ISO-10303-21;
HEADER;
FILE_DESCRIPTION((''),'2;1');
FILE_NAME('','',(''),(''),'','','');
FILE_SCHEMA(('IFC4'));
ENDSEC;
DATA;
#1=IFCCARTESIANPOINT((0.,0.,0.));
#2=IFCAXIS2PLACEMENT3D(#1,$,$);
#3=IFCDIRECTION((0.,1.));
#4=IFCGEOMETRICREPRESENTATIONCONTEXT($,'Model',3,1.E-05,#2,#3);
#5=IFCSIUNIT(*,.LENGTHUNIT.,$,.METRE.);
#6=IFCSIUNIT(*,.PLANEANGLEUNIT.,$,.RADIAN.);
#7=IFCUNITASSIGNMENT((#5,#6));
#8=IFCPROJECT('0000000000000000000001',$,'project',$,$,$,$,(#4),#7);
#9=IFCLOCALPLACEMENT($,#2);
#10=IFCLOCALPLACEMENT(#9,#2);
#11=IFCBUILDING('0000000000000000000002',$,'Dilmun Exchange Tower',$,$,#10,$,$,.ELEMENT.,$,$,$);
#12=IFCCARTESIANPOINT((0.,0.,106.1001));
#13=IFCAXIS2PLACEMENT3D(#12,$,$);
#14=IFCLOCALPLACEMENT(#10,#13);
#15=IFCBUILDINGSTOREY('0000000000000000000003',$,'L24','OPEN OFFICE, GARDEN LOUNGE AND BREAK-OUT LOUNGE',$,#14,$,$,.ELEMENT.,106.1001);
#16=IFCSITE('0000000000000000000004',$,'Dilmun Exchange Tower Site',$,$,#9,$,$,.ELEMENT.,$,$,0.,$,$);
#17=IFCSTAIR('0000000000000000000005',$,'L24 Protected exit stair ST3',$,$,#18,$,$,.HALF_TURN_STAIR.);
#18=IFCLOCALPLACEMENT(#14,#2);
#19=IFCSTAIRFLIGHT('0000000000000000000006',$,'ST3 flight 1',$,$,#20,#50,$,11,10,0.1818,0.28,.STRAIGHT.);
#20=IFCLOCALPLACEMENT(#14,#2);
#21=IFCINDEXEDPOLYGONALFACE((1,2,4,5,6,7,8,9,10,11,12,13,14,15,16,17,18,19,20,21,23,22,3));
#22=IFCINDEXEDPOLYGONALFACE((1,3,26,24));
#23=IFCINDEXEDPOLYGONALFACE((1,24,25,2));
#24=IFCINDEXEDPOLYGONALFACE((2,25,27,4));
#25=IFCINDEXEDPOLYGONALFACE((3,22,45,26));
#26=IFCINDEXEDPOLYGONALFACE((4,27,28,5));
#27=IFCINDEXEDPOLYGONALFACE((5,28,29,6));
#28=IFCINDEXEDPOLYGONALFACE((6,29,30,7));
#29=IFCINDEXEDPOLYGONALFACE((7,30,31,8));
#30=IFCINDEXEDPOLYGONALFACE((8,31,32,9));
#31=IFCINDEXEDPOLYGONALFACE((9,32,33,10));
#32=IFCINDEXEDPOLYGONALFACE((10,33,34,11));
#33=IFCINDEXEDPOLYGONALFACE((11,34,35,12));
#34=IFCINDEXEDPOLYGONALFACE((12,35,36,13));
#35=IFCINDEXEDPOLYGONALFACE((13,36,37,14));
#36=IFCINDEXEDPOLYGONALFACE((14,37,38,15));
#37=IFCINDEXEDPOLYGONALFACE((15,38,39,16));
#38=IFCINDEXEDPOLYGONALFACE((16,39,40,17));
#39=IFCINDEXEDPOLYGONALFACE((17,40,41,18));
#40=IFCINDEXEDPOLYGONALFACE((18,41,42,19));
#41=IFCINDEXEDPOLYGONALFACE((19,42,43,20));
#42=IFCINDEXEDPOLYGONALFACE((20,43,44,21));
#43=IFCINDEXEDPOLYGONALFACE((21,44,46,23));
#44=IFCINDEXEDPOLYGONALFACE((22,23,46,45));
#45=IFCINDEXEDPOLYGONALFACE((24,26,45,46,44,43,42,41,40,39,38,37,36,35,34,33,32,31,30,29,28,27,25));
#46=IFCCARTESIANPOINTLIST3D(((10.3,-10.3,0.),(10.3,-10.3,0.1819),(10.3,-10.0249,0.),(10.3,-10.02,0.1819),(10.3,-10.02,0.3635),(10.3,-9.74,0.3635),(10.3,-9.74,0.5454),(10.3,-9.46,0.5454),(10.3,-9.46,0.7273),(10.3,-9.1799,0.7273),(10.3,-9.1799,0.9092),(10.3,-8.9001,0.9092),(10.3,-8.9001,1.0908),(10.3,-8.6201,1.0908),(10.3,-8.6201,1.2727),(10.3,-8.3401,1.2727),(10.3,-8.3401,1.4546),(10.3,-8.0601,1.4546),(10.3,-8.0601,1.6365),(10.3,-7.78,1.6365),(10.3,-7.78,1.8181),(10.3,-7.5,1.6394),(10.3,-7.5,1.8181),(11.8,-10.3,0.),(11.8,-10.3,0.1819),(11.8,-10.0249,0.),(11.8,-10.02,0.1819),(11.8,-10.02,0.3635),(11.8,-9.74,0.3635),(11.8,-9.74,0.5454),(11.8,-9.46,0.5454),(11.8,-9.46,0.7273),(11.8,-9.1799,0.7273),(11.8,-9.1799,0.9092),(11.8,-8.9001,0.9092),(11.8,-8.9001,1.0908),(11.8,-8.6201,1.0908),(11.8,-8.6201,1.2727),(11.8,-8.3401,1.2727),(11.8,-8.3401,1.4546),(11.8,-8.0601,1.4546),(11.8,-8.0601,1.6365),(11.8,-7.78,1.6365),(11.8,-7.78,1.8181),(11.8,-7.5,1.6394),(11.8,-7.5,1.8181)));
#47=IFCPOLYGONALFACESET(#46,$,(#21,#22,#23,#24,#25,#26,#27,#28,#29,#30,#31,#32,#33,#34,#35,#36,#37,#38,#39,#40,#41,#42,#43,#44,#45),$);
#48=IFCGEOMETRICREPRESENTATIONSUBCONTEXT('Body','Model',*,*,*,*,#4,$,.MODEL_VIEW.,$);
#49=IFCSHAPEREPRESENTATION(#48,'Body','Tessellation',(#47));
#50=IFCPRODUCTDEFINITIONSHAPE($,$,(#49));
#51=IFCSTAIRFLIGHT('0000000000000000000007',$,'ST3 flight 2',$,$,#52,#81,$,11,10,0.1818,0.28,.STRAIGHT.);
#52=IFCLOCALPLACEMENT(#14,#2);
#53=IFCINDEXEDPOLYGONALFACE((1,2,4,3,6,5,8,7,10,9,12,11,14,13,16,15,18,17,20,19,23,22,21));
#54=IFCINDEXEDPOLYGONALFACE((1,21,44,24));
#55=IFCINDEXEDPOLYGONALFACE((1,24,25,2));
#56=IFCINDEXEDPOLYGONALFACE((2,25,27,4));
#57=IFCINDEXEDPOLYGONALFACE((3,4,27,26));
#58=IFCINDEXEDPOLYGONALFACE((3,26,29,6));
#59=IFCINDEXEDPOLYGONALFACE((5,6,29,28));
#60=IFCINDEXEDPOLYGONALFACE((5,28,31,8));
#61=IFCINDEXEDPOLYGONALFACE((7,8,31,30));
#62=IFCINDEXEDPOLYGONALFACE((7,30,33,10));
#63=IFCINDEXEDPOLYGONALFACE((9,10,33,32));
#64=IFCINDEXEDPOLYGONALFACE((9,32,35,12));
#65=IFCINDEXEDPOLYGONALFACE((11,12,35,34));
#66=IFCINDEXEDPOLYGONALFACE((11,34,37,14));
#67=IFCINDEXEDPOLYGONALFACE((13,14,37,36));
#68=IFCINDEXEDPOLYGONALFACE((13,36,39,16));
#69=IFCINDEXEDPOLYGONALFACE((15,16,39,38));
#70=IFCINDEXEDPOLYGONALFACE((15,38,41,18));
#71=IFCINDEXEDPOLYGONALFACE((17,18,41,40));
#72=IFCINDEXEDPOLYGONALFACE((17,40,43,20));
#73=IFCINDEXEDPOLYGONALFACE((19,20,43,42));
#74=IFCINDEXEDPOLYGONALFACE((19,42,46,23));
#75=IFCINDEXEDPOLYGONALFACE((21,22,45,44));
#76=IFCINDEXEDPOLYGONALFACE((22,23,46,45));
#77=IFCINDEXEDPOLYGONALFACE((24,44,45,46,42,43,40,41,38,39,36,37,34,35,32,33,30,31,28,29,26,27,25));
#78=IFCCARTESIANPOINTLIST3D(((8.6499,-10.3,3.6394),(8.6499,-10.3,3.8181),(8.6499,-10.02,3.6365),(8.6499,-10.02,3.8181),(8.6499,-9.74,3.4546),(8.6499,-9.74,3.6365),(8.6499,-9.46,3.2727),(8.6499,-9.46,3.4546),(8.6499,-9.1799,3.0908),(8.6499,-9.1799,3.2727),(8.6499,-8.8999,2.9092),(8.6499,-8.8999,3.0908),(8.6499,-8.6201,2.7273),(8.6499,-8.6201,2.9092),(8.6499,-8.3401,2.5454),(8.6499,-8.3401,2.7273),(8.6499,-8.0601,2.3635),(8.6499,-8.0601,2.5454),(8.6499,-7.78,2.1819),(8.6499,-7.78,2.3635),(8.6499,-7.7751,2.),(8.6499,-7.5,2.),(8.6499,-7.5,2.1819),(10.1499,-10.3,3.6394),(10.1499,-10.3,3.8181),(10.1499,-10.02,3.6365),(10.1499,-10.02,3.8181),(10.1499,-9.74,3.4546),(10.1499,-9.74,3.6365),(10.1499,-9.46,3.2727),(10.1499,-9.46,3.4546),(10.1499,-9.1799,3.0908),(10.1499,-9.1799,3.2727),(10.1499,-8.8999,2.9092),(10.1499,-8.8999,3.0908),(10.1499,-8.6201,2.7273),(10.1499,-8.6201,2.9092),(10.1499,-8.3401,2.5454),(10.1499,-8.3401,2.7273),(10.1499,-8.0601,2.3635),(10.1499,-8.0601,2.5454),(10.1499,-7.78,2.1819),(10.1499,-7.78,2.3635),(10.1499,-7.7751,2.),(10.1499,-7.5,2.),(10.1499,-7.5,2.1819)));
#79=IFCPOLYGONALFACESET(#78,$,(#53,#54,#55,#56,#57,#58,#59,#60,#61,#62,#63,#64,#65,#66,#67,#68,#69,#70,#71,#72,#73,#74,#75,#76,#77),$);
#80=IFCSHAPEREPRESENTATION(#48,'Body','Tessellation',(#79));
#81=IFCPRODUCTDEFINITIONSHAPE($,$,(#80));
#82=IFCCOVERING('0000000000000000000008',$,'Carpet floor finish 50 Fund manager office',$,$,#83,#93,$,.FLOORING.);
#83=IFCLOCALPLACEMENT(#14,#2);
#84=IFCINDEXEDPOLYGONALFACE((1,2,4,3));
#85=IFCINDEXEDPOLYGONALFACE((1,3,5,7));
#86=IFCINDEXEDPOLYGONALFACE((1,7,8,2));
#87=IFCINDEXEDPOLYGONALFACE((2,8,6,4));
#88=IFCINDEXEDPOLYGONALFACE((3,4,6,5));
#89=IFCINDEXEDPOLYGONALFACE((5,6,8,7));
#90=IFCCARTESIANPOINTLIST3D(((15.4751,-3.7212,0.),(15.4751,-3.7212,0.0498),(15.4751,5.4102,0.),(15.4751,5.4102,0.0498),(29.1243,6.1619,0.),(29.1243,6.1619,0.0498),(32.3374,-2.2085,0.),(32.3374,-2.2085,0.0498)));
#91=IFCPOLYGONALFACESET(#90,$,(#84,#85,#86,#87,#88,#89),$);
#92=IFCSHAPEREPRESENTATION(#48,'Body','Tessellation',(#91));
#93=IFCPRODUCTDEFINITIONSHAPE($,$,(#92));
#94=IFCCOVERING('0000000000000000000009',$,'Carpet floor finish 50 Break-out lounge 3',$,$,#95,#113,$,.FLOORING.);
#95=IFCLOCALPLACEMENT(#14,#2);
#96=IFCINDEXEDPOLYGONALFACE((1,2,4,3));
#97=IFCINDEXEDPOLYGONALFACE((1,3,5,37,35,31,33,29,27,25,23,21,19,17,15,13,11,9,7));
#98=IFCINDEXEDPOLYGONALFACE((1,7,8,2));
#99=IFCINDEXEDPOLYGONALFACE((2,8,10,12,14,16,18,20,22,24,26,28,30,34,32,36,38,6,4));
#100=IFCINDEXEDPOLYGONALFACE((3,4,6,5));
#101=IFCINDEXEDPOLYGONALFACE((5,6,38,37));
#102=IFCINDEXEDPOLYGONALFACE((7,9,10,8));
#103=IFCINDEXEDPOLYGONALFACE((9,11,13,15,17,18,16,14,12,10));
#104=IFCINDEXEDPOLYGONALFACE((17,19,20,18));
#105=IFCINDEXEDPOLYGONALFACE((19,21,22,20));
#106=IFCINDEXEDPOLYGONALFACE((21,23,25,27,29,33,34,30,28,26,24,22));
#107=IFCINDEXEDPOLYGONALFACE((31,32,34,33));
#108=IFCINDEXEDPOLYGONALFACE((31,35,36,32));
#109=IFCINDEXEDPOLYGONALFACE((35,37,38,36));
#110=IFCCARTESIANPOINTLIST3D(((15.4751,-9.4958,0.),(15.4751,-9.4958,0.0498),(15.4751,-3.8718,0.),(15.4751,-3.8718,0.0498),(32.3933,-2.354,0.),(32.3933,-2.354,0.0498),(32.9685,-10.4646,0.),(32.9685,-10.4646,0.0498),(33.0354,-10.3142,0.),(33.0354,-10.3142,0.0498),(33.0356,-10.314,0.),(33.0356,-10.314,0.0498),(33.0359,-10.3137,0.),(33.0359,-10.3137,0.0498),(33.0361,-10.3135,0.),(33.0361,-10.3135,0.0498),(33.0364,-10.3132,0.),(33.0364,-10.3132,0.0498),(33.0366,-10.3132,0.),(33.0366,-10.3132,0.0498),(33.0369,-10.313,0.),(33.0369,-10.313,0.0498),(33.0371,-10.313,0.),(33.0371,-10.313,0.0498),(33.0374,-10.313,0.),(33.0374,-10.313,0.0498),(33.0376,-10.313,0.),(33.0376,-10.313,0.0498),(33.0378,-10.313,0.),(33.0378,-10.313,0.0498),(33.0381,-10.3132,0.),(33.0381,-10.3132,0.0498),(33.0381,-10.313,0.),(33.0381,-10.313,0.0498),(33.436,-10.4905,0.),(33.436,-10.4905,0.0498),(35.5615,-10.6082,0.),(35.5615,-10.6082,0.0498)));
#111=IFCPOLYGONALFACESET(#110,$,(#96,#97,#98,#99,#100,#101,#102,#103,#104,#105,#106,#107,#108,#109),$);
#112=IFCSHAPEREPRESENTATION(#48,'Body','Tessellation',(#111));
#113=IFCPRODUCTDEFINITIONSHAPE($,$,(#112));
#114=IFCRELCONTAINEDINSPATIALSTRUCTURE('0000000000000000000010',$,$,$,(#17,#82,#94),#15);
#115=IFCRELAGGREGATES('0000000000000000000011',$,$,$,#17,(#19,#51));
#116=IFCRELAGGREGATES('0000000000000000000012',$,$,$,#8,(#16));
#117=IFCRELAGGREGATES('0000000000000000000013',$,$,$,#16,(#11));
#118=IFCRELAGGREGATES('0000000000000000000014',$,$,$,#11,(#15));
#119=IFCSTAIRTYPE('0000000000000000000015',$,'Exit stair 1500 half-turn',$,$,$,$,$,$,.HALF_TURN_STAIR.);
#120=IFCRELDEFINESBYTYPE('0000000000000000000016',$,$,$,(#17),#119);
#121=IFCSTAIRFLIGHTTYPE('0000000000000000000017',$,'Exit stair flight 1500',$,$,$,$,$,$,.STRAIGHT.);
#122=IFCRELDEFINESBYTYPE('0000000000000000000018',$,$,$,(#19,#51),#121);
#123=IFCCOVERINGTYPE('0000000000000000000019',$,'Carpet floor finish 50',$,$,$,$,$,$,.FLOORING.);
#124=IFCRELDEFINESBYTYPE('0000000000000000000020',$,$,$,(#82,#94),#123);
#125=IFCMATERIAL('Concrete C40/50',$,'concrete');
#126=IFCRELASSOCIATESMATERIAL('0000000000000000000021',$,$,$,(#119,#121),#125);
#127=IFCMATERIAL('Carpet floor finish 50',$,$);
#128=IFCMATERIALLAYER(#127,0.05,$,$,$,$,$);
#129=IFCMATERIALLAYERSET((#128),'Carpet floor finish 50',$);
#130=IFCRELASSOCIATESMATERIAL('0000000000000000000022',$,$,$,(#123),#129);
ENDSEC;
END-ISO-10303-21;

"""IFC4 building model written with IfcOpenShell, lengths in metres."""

from ifc_helpers import new_model, si_unit, direction, frame, origin, place, context, subcontext, project, spatial, polyline, outline, extrude, material, layer, layer_set, type_object, element, aggregate, save


model = new_model("IFC4")

# Units and contexts
model_context = context("Model", 3, precision=1e-05, world=origin(), true_north=direction((0.0, 1.0)))
body_context = subcontext(model_context, "Body", "Model", "MODEL_VIEW")
ifc_project = project(units=[si_unit("LENGTHUNIT", "METRE"), si_unit("PLANEANGLEUNIT", "RADIAN")], contexts=[model_context])

# Site, building, storey
site_placement = place(None, origin())
site = spatial("IfcSite", under=ifc_project, at=site_placement, Name="Dilmun Exchange Tower Site", CompositionType="ELEMENT", RefElevation=0.0)
building_placement = place(site_placement, origin())
building = spatial("IfcBuilding", under=site, at=building_placement, Name="Dilmun Exchange Tower", CompositionType="ELEMENT")
storey_placement = place(building_placement, frame((0.0, 0.0, 106.1001)))
storey = spatial("IfcBuildingStorey", under=building, at=storey_placement, Name="L24", Description="OPEN OFFICE, GARDEN LOUNGE AND BREAK-OUT LOUNGE", CompositionType="ELEMENT", Elevation=106.1001)

# Shared definitions
ifc_material_1 = material(Name="Concrete C40/50", Category="concrete")

# Stair, stair flights
stair_type = type_object("IfcStairType", Name="Exit stair 1500 half-turn", PredefinedType="HALF_TURN_STAIR", material=ifc_material_1)
stair_placement = place(storey_placement, origin())
stair = element("IfcStair", 1, at=stair_placement, inside=storey, type_object=stair_type, Name="L24 Protected exit stair ST3", PredefinedType="HALF_TURN_STAIR")
stair_flight_type = type_object("IfcStairFlightType", Name="Exit stair flight 1500", PredefinedType="STRAIGHT", material=ifc_material_1)
stair_flight_1_placement = place(storey_placement, frame((11.05, -10.3, 0.0), z_axis=(0.0, 0.0, 1.0), x_axis=(0.0, 1.0, 0.0)))
stair_flight_1 = element("IfcStairFlight", 2, at=stair_flight_1_placement, type_object=stair_flight_type, Name="ST3 flight 1", NumberOfRisers=11, NumberOfTreads=10, PredefinedType="STRAIGHT", RiserHeight=0.1818, TreadLength=0.28, context=body_context, shape_type="SweptSolid", body=[
    extrude(outline(polyline([(0.0, 0.0), (0.0, 0.1819), (0.28, 0.1819), (0.28, 0.3635), (0.5601, 0.3635), (0.5601, 0.5454), (0.8401, 0.5454), (0.8401, 0.7273), (1.1201, 0.7273), (1.1201, 0.9092), (1.3999, 0.9092), (1.3999, 1.0908), (1.6799, 1.0908), (1.6799, 1.2727), (1.96, 1.2727), (1.96, 1.4546), (2.24, 1.4546), (2.24, 1.6365), (2.52, 1.6365), (2.52, 1.8181), (2.8, 1.8181), (2.8, 2.0), (2.8, 1.6394), (0.2751, 0.0), (0.0, 0.0)])), frame((0.0, 0.75, 0.0), z_axis=(0.0, -1.0, 0.0), x_axis=(1.0, 0.0, 0.0)), (0.0, 0.0, 1.0), 1.5),
])
stair_flight_2_placement = place(storey_placement, frame((9.3999, -7.5, 2.0), z_axis=(0.0, 0.0, 1.0), x_axis=(0.0, -1.0, 0.0)))
stair_flight_2 = element("IfcStairFlight", 3, at=stair_flight_2_placement, type_object=stair_flight_type, Name="ST3 flight 2", NumberOfRisers=11, NumberOfTreads=10, PredefinedType="STRAIGHT", RiserHeight=0.1818, TreadLength=0.28, context=body_context, shape_type="SweptSolid", body=[
    extrude(outline(polyline([(0.0, 0.0), (0.0, 0.1819), (0.28, 0.1819), (0.28, 0.3635), (0.5601, 0.3635), (0.5601, 0.5454), (0.8401, 0.5454), (0.8401, 0.7273), (1.1201, 0.7273), (1.1201, 0.9092), (1.3999, 0.9092), (1.3999, 1.0908), (1.6799, 1.0908), (1.6799, 1.2727), (1.96, 1.2727), (1.96, 1.4546), (2.24, 1.4546), (2.24, 1.6365), (2.52, 1.6365), (2.52, 1.8181), (2.8, 1.8181), (2.8, 2.0), (2.8, 1.6394), (0.2751, 0.0), (0.0, 0.0)])), frame((0.0, 0.75, 0.0), z_axis=(0.0, -1.0, 0.0), x_axis=(1.0, 0.0, 0.0)), (0.0, 0.0, 1.0), 1.5),
])
aggregate(stair, [stair_flight_1, stair_flight_2])

# Coverings
ifc_material_2 = material(Name="Carpet floor finish 50")
ifc_layer_1 = layer(ifc_material_2, 0.05)
ifc_layer_set_1 = layer_set([ifc_layer_1], Name="Carpet floor finish 50")
covering_type = type_object("IfcCoveringType", Name="Carpet floor finish 50", PredefinedType="FLOORING", material=ifc_layer_set_1)
covering_1_placement = place(storey_placement, origin())
element("IfcCovering", 4, at=covering_1_placement, inside=storey, type_object=covering_type, Name="Carpet floor finish 50 Fund manager office", PredefinedType="FLOORING", context=body_context, shape_type="SweptSolid", body=[
    extrude(outline(polyline([(15.4751, -3.7212), (15.4751, 5.4102), (29.1243, 6.1619), (32.3374, -2.2085), (15.4751, -3.7212)])), origin(), (0.0, 0.0, 1.0), 0.0498),
])
covering_2_placement = place(storey_placement, origin())
element("IfcCovering", 5, at=covering_2_placement, inside=storey, type_object=covering_type, Name="Carpet floor finish 50 Break-out lounge 3", PredefinedType="FLOORING", context=body_context, shape_type="SweptSolid", body=[
    extrude(outline(polyline([(33.436, -10.4905), (33.0381, -10.3132), (33.0381, -10.313), (33.0378, -10.313), (33.0376, -10.313), (33.0374, -10.313), (33.0371, -10.313), (33.0371, -10.313), (33.0369, -10.313), (33.0366, -10.3132), (33.0364, -10.3132), (33.0364, -10.3132), (33.0361, -10.3135), (33.0359, -10.3137), (33.0359, -10.3137), (33.0356, -10.314), (33.0356, -10.314), (33.0354, -10.3142), (32.9685, -10.4646), (15.4751, -9.4958), (15.4751, -3.8718), (32.3933, -2.354), (35.5615, -10.6082), (33.436, -10.4905)])), origin(), (0.0, 0.0, 1.0), 0.0498),
])

save(model, "model.ifc")
